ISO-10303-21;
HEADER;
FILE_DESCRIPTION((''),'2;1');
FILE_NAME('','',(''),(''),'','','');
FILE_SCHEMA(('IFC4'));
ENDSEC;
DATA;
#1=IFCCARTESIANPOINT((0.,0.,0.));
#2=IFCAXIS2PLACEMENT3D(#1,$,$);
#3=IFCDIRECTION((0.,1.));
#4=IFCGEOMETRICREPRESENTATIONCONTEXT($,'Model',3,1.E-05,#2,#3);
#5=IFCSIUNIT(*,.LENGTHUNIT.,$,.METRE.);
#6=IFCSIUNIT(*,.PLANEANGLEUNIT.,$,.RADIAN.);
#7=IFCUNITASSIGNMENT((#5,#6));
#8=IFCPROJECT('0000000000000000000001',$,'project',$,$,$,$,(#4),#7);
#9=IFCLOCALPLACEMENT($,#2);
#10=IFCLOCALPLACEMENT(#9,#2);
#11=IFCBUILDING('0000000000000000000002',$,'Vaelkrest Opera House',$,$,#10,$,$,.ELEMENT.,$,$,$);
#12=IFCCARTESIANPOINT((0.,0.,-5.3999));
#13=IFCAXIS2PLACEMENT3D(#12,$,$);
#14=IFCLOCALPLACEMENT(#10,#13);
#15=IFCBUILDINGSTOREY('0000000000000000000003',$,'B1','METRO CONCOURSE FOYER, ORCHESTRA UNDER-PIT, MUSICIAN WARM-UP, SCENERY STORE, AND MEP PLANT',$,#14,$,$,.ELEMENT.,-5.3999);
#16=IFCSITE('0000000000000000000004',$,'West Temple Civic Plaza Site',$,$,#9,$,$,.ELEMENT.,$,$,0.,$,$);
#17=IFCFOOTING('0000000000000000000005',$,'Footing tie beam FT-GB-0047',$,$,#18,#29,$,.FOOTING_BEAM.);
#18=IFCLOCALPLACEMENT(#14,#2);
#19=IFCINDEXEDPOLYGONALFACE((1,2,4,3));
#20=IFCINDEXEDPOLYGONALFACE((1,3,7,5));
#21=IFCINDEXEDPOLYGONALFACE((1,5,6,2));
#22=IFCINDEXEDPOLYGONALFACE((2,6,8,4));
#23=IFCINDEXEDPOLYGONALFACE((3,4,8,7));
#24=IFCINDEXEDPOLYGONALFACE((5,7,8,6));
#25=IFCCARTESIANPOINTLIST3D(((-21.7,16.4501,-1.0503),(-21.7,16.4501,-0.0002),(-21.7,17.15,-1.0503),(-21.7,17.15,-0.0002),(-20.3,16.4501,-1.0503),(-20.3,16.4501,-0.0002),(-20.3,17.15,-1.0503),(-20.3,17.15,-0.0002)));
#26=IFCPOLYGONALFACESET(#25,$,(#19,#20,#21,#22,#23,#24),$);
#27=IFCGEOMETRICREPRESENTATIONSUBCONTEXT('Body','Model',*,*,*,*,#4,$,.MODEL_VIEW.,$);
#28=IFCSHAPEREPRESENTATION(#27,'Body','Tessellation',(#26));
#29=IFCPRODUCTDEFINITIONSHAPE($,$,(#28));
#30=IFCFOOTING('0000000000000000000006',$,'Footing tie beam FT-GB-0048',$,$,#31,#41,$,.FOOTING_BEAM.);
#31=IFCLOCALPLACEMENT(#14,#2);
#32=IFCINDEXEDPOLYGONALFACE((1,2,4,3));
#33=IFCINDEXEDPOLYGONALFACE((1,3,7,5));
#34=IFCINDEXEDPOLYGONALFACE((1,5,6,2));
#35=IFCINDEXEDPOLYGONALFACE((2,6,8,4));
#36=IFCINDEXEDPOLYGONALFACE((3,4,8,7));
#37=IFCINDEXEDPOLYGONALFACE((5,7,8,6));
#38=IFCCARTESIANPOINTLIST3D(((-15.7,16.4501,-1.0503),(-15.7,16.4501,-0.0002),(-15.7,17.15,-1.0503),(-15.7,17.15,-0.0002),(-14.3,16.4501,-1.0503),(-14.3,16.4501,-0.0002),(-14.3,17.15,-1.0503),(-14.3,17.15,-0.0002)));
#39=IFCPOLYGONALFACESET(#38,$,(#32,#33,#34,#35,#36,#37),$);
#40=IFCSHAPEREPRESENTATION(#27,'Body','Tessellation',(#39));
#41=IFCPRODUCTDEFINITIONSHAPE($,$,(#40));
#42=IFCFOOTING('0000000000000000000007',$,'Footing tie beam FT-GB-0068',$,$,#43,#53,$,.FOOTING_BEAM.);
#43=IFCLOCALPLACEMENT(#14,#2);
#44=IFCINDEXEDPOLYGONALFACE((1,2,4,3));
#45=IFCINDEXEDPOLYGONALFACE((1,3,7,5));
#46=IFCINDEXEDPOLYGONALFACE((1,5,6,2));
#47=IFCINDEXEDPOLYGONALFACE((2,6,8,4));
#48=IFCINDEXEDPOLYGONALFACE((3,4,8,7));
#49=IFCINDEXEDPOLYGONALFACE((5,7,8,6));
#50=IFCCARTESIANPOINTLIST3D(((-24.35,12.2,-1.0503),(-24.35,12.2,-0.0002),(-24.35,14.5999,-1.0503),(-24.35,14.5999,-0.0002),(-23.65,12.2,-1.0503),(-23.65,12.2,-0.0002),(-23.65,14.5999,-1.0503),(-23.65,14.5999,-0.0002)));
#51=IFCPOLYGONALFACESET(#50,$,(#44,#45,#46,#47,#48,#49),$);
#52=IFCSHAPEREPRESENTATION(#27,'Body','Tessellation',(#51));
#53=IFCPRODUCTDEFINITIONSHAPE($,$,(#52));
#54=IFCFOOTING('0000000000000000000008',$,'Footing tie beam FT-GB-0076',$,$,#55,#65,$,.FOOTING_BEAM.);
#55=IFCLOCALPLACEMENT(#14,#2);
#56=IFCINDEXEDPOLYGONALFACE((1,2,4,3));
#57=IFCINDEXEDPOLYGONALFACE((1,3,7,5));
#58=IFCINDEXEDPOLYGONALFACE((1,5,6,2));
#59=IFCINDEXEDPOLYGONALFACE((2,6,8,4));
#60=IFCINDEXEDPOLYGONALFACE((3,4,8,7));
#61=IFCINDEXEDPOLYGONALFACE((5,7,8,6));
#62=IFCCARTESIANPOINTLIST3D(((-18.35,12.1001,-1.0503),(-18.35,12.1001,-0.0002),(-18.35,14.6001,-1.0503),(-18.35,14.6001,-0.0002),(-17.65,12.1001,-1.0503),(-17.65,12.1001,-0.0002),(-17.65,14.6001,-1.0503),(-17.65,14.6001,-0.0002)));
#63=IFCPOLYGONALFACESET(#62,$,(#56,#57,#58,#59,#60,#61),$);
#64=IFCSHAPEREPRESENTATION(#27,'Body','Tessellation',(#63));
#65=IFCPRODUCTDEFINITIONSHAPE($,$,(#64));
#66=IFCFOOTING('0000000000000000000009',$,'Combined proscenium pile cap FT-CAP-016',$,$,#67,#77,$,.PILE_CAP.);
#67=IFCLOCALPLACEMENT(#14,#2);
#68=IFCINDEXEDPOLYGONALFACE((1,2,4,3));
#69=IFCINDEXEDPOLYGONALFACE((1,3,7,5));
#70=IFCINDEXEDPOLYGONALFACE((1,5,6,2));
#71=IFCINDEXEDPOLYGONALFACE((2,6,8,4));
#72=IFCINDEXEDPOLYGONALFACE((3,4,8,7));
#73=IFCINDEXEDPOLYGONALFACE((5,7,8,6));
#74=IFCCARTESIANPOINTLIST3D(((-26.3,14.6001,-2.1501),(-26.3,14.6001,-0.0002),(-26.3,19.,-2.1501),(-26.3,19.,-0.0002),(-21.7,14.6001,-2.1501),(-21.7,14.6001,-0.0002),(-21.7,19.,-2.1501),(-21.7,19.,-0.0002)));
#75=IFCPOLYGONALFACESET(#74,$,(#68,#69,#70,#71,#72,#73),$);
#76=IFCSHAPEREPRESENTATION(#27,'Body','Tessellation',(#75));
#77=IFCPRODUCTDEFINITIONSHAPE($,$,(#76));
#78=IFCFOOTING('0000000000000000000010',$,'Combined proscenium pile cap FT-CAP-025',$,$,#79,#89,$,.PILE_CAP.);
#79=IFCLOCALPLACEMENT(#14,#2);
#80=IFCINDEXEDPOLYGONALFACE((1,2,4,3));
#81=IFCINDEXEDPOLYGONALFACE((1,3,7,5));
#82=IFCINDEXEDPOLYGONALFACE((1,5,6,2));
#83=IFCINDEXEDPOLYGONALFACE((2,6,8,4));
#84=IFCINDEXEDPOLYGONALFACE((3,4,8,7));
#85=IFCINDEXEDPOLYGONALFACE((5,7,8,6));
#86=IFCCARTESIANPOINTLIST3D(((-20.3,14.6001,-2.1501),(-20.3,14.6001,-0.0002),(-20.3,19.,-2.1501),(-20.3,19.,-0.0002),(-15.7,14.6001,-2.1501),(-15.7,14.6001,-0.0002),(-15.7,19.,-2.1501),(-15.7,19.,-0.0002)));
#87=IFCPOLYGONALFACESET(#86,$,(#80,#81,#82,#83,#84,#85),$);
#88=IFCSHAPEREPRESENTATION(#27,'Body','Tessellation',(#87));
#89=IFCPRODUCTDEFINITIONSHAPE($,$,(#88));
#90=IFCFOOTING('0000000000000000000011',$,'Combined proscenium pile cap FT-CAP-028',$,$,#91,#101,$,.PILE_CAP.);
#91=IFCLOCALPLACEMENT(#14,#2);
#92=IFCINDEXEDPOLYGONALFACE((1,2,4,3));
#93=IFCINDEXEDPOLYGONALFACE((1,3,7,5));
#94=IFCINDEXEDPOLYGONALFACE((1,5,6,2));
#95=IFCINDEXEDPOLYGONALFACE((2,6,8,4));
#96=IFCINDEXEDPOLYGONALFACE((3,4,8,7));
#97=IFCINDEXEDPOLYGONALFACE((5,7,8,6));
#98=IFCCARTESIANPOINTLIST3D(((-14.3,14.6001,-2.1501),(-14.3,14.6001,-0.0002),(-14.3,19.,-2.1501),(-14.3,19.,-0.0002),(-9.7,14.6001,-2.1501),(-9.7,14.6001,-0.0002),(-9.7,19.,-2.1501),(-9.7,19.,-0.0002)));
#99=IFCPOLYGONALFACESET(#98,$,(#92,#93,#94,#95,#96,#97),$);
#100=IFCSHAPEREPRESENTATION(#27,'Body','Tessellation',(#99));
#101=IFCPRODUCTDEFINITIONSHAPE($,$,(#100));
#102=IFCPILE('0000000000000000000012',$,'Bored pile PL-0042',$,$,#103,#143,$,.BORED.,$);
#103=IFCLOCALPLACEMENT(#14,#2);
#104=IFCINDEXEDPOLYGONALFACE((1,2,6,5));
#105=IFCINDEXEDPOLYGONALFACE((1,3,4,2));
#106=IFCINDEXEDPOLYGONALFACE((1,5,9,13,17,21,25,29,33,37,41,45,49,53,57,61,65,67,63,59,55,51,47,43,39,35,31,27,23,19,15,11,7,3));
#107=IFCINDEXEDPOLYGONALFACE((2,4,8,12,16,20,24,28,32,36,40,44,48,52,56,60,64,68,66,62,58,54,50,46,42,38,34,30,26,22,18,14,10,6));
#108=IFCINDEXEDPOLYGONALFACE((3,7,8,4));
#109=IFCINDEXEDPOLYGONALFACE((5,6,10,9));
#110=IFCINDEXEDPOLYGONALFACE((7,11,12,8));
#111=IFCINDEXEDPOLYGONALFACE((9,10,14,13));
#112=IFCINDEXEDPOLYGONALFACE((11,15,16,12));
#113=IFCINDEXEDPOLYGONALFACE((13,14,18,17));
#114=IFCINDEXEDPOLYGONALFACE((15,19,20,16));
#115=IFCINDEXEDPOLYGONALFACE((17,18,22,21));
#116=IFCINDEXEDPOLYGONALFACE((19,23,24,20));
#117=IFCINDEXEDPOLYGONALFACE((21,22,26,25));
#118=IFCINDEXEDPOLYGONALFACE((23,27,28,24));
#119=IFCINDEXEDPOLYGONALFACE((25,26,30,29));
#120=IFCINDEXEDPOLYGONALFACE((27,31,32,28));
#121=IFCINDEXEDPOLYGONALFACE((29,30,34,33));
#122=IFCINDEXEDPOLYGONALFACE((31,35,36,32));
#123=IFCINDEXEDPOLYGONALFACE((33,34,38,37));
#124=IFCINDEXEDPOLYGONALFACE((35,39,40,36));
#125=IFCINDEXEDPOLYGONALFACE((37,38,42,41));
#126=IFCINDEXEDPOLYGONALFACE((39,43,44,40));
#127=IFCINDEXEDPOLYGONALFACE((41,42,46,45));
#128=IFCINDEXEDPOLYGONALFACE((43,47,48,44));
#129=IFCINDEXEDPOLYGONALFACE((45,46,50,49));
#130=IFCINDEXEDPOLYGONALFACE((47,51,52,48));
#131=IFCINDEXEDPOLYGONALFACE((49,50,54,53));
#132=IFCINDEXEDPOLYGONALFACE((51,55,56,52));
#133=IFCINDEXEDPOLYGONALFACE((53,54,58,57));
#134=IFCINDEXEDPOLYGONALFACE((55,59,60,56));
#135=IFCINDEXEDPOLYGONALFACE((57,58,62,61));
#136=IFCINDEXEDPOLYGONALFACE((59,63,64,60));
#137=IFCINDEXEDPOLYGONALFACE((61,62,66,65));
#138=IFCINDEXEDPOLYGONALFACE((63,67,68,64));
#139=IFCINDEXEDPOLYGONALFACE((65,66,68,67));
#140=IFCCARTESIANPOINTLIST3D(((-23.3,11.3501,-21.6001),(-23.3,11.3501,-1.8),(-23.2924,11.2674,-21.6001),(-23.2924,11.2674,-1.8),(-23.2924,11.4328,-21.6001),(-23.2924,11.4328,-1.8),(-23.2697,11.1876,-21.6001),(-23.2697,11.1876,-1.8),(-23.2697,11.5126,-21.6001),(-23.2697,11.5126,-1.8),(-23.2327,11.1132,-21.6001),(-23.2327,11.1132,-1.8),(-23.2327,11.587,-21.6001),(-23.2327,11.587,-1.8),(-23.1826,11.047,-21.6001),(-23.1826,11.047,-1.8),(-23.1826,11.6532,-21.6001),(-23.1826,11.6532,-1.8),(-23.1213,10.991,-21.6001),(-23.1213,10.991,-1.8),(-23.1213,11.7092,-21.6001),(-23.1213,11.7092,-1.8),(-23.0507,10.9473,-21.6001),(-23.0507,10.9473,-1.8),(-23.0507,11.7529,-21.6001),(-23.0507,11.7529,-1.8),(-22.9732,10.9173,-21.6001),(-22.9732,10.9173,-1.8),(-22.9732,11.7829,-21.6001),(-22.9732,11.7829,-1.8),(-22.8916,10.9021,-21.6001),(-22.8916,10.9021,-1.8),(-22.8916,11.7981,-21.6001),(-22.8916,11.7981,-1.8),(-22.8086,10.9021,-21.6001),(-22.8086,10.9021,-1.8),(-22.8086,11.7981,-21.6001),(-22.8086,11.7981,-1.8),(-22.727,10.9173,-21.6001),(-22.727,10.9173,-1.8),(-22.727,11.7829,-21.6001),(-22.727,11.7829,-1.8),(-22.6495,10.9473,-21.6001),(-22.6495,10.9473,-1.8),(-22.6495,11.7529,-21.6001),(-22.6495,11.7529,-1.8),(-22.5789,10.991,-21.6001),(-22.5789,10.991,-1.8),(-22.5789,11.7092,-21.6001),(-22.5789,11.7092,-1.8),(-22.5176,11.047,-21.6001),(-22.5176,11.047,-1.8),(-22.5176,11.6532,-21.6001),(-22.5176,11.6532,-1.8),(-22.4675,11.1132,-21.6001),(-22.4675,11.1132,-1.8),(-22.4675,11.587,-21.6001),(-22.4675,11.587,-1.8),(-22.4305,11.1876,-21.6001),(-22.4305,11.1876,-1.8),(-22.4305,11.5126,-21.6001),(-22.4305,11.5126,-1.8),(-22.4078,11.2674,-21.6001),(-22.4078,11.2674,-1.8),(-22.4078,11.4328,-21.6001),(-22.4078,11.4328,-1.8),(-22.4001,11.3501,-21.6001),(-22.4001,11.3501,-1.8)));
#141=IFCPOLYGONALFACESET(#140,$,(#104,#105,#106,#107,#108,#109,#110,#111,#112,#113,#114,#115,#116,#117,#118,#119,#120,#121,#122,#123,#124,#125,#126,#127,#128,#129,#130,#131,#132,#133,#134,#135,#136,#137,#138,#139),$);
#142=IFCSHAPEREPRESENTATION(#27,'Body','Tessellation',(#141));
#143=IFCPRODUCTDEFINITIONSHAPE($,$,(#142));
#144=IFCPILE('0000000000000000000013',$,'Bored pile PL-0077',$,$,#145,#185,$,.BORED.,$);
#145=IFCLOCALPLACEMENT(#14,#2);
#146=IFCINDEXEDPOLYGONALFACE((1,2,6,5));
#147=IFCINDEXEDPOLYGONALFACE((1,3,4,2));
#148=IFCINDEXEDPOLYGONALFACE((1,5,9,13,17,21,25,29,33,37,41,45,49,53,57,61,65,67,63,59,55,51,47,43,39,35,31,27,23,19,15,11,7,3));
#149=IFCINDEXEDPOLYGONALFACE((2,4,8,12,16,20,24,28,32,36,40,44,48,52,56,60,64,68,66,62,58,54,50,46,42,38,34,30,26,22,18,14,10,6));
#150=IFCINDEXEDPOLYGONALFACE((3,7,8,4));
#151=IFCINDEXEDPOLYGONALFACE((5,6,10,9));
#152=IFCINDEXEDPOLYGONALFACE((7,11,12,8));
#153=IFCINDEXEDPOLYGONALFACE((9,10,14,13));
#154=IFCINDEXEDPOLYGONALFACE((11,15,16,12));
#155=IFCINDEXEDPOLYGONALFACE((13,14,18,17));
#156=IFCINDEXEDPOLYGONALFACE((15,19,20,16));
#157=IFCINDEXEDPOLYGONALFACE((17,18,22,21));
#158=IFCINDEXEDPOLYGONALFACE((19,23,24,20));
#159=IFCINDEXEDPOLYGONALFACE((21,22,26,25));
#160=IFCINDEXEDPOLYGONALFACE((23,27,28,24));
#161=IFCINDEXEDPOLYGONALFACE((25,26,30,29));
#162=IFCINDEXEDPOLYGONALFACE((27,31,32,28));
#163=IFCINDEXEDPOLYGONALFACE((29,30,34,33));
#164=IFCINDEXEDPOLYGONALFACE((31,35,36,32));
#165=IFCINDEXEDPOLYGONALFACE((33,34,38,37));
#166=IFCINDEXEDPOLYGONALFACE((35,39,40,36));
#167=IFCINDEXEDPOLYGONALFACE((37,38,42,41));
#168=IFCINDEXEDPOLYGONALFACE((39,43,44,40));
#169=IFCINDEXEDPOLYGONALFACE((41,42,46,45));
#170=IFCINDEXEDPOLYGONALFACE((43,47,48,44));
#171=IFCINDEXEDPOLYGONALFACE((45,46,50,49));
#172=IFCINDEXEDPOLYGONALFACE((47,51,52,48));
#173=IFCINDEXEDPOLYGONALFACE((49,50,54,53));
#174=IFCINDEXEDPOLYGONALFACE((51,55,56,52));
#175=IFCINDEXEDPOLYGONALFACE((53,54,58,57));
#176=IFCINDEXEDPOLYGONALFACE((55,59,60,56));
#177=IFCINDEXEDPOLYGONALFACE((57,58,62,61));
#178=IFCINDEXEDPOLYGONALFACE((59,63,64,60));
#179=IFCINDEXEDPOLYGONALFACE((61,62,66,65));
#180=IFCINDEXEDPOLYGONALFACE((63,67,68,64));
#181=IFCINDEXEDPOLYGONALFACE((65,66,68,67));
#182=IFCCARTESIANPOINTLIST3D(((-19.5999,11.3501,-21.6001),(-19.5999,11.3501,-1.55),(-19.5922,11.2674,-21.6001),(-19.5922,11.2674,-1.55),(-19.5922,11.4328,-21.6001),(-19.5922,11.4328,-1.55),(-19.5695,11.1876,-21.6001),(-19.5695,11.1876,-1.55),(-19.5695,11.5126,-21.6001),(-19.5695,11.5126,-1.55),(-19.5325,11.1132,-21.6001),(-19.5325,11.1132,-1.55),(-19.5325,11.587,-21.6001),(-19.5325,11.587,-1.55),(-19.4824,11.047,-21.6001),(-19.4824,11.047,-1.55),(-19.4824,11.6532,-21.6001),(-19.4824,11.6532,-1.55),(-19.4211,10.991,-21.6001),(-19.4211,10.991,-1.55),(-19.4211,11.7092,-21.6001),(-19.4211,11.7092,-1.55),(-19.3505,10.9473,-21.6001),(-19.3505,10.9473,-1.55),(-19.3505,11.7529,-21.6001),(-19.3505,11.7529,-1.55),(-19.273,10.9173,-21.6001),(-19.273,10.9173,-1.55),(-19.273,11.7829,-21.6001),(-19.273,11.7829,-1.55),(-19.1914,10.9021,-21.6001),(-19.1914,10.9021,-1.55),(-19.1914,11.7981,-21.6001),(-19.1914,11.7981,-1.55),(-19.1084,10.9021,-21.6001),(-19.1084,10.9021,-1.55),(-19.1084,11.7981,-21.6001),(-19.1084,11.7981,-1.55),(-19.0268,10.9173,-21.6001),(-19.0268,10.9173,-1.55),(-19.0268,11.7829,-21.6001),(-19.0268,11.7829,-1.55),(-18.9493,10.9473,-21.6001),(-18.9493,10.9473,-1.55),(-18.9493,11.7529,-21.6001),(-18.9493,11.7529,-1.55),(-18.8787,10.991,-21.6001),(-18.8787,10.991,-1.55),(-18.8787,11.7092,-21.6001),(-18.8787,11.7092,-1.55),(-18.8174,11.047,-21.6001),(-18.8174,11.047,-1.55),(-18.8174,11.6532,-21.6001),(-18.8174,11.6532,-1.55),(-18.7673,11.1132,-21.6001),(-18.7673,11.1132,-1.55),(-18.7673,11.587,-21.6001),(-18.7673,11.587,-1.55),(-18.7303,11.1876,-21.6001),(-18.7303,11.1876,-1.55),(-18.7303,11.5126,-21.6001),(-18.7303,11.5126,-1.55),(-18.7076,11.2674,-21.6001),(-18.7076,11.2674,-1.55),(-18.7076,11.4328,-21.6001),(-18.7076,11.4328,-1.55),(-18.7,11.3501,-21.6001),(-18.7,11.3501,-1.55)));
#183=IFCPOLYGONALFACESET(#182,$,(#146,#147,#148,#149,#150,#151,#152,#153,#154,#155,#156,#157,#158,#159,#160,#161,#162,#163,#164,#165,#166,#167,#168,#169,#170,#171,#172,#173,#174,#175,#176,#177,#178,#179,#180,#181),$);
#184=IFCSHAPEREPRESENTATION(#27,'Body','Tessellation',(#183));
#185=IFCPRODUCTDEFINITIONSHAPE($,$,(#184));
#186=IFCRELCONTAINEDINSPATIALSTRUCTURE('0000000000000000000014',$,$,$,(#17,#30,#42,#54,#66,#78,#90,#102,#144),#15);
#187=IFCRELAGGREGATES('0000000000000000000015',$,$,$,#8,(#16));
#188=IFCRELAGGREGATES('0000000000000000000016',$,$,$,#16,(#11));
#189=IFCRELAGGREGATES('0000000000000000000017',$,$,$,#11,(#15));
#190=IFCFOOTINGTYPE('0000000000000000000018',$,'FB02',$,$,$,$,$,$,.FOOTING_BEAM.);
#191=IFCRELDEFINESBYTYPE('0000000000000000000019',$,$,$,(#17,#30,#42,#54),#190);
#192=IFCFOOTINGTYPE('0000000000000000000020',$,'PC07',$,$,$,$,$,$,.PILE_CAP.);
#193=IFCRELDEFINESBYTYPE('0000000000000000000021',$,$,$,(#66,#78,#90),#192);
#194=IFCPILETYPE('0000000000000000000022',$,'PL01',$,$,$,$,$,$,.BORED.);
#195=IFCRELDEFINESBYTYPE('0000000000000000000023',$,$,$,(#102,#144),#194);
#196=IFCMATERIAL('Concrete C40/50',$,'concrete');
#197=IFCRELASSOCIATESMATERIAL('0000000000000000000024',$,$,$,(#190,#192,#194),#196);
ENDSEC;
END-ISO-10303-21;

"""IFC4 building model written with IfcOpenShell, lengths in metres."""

from ifc_helpers import new_model, si_unit, direction, frame, origin, origin_2d, place, context, subcontext, project, spatial, rectangle, circle, extrude, material, material_profile, profile_set, type_object, element, save


model = new_model("IFC4")

# Units and contexts
model_context = context("Model", 3, precision=1e-05, world=origin(), true_north=direction((0.0, 1.0)))
body_context = subcontext(model_context, "Body", "Model", "MODEL_VIEW")
ifc_project = project(units=[si_unit("LENGTHUNIT", "METRE"), si_unit("PLANEANGLEUNIT", "RADIAN")], contexts=[model_context])

# Site, building, storey
site_placement = place(None, origin())
site = spatial("IfcSite", under=ifc_project, at=site_placement, Name="West Temple Civic Plaza Site", CompositionType="ELEMENT", RefElevation=0.0)
building_placement = place(site_placement, origin())
building = spatial("IfcBuilding", under=site, at=building_placement, Name="Vaelkrest Opera House", CompositionType="ELEMENT")
storey_placement = place(building_placement, frame((0.0, 0.0, -5.3999)))
storey = spatial("IfcBuildingStorey", under=building, at=storey_placement, Name="B1", Description="METRO CONCOURSE FOYER, ORCHESTRA UNDER-PIT, MUSICIAN WARM-UP, SCENERY STORE, AND MEP PLANT", CompositionType="ELEMENT", Elevation=-5.3999)

# Footings
ifc_material_1 = material(Name="Concrete C40/50", Category="concrete")
footing_type_1 = type_object("IfcFootingType", Name="FB02", PredefinedType="FOOTING_BEAM", material=ifc_material_1)
for number, where, z_axis, x_axis, name in (
    (1, (-21.0, 16.8, -1.0503), (0.0, 0.0, 1.0), (1.0, 0.0, 0.0), "Footing tie beam FT-GB-0047"),
    (2, (-15.0, 16.8, -1.0503), (0.0, 0.0, 1.0), (1.0, 0.0, 0.0), "Footing tie beam FT-GB-0048"),
):
    element("IfcFooting", number, at=place(storey_placement, frame(where, z_axis=z_axis, x_axis=x_axis)), inside=storey, type_object=footing_type_1, Name=name, PredefinedType="FOOTING_BEAM", context=body_context, shape_type="SweptSolid", body=[
        extrude(rectangle(XDim=1.3999, YDim=0.7, at=origin_2d()), origin(), (0.0, 0.0, 1.0), 1.05),
    ])
footing_1_placement = place(storey_placement, frame((-24.0, 13.3999, -1.0503), z_axis=(0.0, 0.0, 1.0), x_axis=(0.0, 1.0, 0.0)))
element("IfcFooting", 3, at=footing_1_placement, inside=storey, type_object=footing_type_1, Name="Footing tie beam FT-GB-0068", PredefinedType="FOOTING_BEAM", context=body_context, shape_type="SweptSolid", body=[
    extrude(rectangle(XDim=2.3999, YDim=0.7, at=origin_2d()), origin(), (0.0, 0.0, 1.0), 1.05),
])
footing_2_placement = place(storey_placement, frame((-18.0, 13.3501, -1.0503), z_axis=(0.0, 0.0, 1.0), x_axis=(0.0, 1.0, 0.0)))
element("IfcFooting", 4, at=footing_2_placement, inside=storey, type_object=footing_type_1, Name="Footing tie beam FT-GB-0076", PredefinedType="FOOTING_BEAM", context=body_context, shape_type="SweptSolid", body=[
    extrude(rectangle(XDim=2.5, YDim=0.7, at=origin_2d()), origin(), (0.0, 0.0, 1.0), 1.05),
])
footing_type_2 = type_object("IfcFootingType", Name="PC07", PredefinedType="PILE_CAP", material=ifc_material_1)
for number, where, z_axis, x_axis, name in (
    (5, (-24.0, 16.8, -2.1501), (0.0, 0.0, 1.0), (1.0, 0.0, 0.0), "Combined proscenium pile cap FT-CAP-016"),
    (6, (-18.0, 16.8, -2.1501), (0.0, 0.0, 1.0), (1.0, 0.0, 0.0), "Combined proscenium pile cap FT-CAP-025"),
    (7, (-12.0, 16.8, -2.1501), (0.0, 0.0, 1.0), (1.0, 0.0, 0.0), "Combined proscenium pile cap FT-CAP-028"),
):
    element("IfcFooting", number, at=place(storey_placement, frame(where, z_axis=z_axis, x_axis=x_axis)), inside=storey, type_object=footing_type_2, Name=name, PredefinedType="PILE_CAP", context=body_context, shape_type="SweptSolid", body=[
        extrude(rectangle(XDim=4.6001, YDim=4.3999, at=origin_2d()), origin(), (0.0, 0.0, 1.0), 2.1499),
    ])

# Piles
ifc_material_profile_1 = material_profile(ifc_material_1, circle(Radius=0.45, at=origin_2d()), Name="PILE900")
ifc_profile_set_1 = profile_set([ifc_material_profile_1], Name="Concrete C40/50")
pile_type_1 = type_object("IfcPileType", Name="PL01", PredefinedType="BORED", material=ifc_profile_set_1)
pile_placement = place(storey_placement, frame((-22.8501, 11.3501, -1.8), z_axis=(0.0, 0.0, -1.0), x_axis=(1.0, 0.0, 0.0)))
element("IfcPile", 8, at=pile_placement, inside=storey, type_object=pile_type_1, Name="Bored pile PL-0042", PredefinedType="BORED", context=body_context, shape_type="SweptSolid", body=[
    extrude(circle(Radius=0.45, at=origin_2d()), origin(), (0.0, 0.0, 1.0), 19.8),
])
for number, where, z_axis, x_axis, name in (
    (9, (-19.1499, 11.3501, -1.55), (0.0, 0.0, -1.0), (1.0, 0.0, 0.0), "Bored pile PL-0077"),
):
    element("IfcPile", number, at=place(storey_placement, frame(where, z_axis=z_axis, x_axis=x_axis)), inside=storey, type_object=pile_type_1, Name=name, PredefinedType="BORED", context=body_context, shape_type="SweptSolid", body=[
        extrude(circle(Radius=0.45, at=origin_2d()), origin(), (0.0, 0.0, 1.0), 20.05),
    ])

save(model, "model.ifc")
